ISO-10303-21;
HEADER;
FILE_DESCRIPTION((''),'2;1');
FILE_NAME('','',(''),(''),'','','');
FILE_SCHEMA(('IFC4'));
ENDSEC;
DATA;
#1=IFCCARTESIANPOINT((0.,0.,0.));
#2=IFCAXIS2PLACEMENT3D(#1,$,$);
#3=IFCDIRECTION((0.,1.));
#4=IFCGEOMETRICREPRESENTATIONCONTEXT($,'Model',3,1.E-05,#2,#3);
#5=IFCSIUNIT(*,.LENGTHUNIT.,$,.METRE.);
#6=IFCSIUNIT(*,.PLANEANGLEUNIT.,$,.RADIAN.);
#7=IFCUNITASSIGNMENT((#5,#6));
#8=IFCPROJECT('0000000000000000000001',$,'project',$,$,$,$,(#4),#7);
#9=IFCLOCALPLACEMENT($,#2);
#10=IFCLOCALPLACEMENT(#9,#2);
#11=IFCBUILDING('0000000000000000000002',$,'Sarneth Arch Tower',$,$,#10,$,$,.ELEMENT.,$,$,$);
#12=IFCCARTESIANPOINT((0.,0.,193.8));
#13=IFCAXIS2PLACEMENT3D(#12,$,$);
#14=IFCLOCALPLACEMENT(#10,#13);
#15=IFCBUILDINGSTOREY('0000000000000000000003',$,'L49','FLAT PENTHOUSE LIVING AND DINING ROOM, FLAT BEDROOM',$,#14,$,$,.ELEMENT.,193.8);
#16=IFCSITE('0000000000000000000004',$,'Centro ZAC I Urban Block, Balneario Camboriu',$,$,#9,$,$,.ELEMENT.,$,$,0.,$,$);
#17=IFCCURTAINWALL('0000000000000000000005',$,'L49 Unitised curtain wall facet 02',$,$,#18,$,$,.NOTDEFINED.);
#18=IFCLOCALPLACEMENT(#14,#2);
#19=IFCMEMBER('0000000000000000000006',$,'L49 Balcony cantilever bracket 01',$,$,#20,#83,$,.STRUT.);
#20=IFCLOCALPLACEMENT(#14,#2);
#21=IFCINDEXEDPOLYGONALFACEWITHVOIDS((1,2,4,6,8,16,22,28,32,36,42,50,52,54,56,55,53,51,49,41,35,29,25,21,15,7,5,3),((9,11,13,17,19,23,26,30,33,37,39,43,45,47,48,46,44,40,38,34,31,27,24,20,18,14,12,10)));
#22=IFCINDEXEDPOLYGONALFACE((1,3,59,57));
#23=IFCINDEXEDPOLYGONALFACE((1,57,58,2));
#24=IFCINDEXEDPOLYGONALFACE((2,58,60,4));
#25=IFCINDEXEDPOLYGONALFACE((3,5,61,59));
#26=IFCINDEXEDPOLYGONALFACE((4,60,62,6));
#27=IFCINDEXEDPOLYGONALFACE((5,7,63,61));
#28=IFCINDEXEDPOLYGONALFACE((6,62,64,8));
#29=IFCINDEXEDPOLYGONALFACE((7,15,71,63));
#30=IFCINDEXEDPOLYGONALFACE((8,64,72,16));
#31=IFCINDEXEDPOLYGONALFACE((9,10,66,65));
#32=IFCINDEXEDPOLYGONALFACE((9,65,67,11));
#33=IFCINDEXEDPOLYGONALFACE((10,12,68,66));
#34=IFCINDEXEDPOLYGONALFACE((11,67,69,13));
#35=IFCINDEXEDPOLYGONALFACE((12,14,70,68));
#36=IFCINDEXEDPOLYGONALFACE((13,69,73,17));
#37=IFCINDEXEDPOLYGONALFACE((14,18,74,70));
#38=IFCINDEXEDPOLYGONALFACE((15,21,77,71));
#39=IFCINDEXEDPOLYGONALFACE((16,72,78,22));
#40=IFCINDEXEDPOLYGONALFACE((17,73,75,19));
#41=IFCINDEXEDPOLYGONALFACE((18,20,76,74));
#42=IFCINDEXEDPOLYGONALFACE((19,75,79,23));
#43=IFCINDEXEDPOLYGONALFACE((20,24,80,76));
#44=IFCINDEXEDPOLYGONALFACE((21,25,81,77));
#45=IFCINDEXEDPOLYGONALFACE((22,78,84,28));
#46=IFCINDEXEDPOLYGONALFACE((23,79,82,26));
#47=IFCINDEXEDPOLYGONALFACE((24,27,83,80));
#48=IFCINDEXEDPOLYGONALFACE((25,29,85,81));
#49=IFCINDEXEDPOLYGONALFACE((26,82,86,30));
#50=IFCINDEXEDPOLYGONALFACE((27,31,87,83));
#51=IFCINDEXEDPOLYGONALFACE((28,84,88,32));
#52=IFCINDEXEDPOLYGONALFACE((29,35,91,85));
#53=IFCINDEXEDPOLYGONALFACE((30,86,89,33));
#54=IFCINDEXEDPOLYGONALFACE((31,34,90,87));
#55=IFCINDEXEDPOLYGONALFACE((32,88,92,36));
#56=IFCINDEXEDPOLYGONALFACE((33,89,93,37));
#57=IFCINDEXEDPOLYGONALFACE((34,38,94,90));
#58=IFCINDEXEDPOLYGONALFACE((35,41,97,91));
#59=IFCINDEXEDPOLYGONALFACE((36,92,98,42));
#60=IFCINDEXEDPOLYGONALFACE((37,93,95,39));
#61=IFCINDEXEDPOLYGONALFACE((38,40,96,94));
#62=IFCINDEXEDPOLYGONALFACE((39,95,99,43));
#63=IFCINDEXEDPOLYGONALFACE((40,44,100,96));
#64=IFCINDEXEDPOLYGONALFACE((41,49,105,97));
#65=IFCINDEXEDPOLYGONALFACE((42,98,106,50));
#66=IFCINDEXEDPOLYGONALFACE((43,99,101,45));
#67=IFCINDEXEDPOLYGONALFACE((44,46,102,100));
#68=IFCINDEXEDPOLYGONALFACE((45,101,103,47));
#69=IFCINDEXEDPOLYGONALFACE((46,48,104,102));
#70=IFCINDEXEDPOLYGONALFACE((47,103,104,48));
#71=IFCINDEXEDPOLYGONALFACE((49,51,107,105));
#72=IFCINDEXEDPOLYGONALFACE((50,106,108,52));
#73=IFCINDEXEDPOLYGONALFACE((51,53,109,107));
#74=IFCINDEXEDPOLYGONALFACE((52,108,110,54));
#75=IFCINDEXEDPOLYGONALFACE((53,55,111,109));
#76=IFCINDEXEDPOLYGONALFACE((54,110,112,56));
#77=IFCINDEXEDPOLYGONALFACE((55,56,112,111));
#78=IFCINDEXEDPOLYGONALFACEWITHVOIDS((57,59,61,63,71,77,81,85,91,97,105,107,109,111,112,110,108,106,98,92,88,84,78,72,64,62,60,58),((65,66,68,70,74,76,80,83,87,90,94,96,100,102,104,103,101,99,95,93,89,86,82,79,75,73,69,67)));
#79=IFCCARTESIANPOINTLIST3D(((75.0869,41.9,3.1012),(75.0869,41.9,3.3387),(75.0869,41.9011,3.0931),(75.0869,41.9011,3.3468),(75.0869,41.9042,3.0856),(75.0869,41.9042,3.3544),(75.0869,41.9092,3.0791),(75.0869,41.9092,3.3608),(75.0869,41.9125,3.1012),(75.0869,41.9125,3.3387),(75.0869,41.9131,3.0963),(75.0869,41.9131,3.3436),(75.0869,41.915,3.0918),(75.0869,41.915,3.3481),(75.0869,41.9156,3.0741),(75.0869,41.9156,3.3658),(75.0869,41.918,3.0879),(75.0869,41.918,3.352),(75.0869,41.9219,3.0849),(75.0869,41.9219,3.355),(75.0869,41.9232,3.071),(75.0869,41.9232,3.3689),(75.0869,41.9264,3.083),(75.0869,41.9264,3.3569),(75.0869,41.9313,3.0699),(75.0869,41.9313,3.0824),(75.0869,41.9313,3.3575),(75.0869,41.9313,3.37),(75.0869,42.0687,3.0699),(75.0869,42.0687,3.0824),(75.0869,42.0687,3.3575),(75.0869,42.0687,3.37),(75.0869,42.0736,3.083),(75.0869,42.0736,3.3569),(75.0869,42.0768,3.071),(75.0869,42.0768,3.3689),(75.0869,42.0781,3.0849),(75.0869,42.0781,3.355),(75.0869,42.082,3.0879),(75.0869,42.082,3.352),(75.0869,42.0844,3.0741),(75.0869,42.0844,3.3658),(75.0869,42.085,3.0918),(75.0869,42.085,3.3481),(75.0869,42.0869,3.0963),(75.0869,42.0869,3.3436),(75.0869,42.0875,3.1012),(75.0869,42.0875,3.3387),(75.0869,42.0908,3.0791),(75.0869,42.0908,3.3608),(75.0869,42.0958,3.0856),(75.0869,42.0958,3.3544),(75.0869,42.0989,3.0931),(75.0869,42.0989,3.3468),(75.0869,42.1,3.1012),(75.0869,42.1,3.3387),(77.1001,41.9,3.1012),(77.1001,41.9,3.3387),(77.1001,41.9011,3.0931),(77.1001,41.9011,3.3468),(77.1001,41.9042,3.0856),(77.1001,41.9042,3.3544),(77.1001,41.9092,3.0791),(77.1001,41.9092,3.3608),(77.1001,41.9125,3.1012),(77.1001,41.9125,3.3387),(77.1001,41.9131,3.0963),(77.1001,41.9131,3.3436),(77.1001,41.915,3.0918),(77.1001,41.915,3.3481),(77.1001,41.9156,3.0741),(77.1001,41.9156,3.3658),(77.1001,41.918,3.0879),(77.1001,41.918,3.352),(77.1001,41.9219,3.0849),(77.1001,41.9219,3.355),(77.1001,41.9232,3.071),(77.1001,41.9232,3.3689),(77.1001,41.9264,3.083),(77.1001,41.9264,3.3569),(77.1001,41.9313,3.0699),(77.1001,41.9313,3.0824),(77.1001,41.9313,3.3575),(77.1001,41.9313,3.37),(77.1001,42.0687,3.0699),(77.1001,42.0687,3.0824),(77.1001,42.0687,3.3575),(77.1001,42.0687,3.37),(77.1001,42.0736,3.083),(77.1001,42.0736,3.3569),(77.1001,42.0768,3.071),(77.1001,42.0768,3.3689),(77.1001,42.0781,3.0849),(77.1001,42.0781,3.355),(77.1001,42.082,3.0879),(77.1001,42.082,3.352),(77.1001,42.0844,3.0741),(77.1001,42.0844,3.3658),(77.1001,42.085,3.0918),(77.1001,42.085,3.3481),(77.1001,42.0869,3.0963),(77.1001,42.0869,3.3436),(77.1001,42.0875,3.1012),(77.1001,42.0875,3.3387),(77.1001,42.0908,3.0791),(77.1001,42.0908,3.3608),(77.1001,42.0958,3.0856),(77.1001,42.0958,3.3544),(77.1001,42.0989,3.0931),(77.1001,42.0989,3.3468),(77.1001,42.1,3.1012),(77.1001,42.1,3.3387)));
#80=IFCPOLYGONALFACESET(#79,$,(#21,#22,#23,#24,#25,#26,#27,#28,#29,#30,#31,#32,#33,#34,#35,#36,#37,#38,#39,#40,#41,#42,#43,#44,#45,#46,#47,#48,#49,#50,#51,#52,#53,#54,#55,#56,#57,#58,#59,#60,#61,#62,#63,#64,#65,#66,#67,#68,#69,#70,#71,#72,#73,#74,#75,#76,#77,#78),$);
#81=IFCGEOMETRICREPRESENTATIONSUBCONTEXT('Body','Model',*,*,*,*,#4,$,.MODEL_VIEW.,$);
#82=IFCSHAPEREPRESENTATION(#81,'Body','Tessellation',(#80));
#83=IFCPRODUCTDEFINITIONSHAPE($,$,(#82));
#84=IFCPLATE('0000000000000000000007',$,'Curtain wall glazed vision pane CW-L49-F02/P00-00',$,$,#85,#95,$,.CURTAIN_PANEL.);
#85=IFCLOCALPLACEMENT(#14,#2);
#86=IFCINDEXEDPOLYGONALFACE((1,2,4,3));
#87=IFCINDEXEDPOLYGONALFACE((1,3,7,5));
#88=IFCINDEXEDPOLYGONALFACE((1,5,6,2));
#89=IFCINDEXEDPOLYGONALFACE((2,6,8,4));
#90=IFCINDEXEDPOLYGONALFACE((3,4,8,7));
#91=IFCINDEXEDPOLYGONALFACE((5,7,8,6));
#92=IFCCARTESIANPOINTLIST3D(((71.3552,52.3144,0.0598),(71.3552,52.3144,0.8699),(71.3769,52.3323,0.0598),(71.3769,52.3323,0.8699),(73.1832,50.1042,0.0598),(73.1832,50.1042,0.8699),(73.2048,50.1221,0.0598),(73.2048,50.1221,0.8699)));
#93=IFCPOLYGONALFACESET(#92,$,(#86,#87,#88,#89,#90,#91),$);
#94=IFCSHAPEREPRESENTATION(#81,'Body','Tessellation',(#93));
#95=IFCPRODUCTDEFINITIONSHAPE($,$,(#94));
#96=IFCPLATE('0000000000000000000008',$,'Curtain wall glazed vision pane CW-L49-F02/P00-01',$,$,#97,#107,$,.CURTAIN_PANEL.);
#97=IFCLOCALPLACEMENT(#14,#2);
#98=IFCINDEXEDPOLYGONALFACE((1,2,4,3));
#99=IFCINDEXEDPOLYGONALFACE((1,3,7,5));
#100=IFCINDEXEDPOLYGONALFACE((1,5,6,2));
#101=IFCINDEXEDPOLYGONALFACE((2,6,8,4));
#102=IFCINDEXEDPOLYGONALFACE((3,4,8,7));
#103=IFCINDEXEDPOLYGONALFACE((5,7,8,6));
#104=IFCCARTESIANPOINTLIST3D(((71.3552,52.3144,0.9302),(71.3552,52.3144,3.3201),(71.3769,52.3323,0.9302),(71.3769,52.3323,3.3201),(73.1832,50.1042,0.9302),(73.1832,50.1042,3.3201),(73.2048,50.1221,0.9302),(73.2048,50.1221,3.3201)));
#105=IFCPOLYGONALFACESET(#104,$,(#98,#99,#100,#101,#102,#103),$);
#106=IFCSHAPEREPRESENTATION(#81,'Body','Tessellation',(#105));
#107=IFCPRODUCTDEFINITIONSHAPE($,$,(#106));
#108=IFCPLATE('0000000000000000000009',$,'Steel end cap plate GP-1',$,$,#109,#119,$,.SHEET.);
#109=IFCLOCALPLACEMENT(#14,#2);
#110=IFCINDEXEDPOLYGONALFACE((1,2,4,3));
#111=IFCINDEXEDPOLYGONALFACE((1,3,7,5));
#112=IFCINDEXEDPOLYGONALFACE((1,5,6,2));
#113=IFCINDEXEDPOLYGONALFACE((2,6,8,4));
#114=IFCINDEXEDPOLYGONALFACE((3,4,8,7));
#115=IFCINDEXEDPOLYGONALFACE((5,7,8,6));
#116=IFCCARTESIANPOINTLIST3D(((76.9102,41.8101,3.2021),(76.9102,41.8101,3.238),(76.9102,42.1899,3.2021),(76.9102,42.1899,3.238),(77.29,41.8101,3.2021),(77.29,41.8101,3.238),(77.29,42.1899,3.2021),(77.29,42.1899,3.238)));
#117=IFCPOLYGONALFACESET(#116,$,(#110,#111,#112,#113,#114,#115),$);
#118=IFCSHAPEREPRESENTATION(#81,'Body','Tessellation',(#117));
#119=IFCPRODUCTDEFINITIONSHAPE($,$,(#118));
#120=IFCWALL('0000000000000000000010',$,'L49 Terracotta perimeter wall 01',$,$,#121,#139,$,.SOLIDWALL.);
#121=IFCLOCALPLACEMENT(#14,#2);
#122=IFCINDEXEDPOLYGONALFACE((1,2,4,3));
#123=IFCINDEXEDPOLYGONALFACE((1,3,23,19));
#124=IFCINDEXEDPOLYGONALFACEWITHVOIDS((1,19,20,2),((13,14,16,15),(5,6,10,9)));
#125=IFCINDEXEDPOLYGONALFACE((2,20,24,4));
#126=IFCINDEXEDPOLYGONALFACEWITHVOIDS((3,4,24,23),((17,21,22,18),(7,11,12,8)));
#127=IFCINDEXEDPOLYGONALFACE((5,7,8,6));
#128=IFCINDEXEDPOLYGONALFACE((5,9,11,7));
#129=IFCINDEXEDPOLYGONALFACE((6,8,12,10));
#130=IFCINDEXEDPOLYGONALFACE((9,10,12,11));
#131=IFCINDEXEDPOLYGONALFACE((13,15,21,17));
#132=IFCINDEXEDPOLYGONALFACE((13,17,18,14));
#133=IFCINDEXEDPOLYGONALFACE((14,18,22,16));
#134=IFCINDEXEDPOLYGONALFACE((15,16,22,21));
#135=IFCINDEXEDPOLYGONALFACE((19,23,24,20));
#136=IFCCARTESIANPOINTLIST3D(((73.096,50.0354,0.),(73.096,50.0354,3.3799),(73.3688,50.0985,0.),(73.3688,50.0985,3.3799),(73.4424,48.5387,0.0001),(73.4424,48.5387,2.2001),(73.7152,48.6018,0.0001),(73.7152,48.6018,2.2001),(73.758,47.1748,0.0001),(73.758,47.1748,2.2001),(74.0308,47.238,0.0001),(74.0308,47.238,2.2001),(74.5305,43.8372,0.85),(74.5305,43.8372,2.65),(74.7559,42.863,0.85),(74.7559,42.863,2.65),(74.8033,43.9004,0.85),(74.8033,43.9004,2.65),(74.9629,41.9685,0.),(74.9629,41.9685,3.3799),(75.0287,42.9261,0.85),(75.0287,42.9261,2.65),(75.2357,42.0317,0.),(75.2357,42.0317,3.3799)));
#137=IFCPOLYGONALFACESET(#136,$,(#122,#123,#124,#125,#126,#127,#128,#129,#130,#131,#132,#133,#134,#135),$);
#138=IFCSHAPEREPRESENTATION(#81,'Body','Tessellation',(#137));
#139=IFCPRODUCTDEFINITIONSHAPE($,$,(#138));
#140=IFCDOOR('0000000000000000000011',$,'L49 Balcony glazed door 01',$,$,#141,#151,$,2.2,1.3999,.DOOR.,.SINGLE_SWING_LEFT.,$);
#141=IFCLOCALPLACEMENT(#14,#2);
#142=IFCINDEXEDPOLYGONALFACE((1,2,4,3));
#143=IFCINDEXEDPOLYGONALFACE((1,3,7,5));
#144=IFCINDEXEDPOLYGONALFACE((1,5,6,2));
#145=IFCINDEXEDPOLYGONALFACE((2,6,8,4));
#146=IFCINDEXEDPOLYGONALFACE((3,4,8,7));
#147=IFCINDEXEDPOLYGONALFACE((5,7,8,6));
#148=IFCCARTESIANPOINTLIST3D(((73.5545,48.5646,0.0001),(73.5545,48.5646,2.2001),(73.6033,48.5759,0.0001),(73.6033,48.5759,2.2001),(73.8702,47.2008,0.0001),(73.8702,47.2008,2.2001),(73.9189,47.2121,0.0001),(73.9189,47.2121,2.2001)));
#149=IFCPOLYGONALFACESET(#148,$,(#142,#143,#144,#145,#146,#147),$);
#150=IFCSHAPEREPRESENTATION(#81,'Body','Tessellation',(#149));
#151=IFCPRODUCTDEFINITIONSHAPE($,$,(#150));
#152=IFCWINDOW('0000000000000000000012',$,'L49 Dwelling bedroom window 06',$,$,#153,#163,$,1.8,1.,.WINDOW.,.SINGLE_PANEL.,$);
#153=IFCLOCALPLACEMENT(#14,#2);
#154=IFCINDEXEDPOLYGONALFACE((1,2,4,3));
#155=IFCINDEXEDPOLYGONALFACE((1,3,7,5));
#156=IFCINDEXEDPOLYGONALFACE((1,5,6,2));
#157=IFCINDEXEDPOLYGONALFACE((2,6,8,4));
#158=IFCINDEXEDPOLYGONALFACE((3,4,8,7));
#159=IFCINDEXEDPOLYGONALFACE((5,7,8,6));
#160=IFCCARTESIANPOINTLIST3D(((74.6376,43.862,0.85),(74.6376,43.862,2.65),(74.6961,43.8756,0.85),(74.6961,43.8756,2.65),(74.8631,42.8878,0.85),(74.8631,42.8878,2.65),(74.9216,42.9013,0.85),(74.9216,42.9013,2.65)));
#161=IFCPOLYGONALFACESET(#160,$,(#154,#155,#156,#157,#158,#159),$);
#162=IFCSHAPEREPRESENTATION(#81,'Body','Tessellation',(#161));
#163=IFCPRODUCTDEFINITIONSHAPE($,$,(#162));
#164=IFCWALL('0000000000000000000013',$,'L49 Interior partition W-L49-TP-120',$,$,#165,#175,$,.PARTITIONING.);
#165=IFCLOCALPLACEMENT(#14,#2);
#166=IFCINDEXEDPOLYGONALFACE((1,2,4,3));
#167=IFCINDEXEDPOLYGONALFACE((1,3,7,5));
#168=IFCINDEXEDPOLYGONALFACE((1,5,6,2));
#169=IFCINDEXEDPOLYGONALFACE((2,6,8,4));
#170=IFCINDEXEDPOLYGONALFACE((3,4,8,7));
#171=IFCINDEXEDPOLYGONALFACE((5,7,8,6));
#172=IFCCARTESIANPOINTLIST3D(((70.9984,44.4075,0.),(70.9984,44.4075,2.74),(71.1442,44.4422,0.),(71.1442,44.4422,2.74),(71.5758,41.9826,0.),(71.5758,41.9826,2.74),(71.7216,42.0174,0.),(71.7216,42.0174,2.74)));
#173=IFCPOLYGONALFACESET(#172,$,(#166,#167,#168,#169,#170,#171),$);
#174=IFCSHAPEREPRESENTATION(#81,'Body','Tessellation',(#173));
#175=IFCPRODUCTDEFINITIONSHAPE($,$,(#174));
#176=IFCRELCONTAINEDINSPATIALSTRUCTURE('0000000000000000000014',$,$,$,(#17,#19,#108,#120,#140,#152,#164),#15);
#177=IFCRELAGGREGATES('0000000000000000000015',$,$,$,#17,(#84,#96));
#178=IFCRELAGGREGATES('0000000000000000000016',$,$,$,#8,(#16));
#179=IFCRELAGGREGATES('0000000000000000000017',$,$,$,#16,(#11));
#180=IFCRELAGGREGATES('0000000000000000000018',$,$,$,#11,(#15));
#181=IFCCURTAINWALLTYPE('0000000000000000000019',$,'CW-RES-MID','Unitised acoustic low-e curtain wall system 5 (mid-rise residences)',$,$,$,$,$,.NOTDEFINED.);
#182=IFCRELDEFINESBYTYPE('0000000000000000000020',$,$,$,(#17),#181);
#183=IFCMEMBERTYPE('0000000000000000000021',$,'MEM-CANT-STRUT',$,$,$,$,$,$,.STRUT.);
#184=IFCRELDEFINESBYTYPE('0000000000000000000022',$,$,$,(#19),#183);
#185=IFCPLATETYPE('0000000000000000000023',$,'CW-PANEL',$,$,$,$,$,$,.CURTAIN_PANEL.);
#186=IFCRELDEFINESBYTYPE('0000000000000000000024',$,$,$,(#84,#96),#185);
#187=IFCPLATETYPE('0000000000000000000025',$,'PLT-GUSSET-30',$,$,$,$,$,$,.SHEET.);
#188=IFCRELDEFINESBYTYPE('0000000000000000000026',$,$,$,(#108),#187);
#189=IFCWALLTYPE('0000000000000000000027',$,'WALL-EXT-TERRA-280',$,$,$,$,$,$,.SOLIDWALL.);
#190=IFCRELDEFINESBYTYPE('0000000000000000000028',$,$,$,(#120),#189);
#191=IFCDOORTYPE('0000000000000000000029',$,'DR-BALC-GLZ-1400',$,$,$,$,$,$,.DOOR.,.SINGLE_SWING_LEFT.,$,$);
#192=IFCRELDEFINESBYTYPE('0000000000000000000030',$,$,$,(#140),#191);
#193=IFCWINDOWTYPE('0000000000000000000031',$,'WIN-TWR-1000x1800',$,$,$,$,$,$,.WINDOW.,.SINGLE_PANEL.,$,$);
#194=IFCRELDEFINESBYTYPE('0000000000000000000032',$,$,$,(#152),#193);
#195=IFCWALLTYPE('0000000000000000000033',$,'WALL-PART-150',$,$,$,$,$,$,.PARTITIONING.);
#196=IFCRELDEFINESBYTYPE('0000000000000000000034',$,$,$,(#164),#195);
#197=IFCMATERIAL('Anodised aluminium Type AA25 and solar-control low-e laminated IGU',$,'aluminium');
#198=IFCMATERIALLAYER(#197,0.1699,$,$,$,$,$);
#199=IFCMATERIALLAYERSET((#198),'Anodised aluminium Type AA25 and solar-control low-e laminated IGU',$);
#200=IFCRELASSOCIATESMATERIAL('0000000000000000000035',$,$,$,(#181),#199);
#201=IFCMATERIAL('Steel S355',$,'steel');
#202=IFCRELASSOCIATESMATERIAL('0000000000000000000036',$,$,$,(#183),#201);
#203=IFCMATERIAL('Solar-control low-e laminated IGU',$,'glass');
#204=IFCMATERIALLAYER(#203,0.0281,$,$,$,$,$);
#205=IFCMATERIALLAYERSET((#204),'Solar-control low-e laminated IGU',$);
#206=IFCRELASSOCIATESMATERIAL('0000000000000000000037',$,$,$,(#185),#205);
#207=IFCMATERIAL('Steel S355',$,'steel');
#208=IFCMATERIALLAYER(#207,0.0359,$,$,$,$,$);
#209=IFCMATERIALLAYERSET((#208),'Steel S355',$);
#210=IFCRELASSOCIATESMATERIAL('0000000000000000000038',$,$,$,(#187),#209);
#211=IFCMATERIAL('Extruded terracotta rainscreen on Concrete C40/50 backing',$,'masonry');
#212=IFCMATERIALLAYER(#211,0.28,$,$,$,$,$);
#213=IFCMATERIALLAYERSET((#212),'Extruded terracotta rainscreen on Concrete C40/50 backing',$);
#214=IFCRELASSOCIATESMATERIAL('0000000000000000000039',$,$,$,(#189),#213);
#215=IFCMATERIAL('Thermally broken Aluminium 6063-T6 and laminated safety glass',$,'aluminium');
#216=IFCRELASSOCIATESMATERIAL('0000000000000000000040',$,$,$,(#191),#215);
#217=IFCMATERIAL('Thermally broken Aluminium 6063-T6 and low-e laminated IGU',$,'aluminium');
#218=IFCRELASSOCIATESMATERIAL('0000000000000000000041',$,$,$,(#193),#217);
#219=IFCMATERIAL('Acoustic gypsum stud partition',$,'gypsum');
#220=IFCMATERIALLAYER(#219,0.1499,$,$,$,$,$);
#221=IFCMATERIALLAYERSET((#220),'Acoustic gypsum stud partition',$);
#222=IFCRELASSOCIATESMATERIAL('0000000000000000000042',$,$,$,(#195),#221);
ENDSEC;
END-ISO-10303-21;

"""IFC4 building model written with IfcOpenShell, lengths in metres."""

from ifc_helpers import new_model, si_unit, direction, frame, frame_2d, origin, origin_2d, place, context, subcontext, project, spatial, rectangle, hollow_rectangle, extrude, material, layer, layer_set, material_profile, profile_set, type_object, element, fill, aggregate, save


model = new_model("IFC4")

# Units and contexts
model_context = context("Model", 3, precision=1e-05, world=origin(), true_north=direction((0.0, 1.0)))
body_context = subcontext(model_context, "Body", "Model", "MODEL_VIEW")
ifc_project = project(units=[si_unit("LENGTHUNIT", "METRE"), si_unit("PLANEANGLEUNIT", "RADIAN")], contexts=[model_context])

# Site, building, storey
site_placement = place(None, origin())
site = spatial("IfcSite", under=ifc_project, at=site_placement, Name="Centro ZAC I Urban Block, Balneario Camboriu", CompositionType="ELEMENT", RefElevation=0.0)
building_placement = place(site_placement, origin())
building = spatial("IfcBuilding", under=site, at=building_placement, Name="Sarneth Arch Tower", CompositionType="ELEMENT")
storey_placement = place(building_placement, frame((0.0, 0.0, 193.8)))
storey = spatial("IfcBuildingStorey", under=building, at=storey_placement, Name="L49", Description="FLAT PENTHOUSE LIVING AND DINING ROOM, FLAT BEDROOM", CompositionType="ELEMENT", Elevation=193.8)

# Curtain wall
ifc_material_1 = material(Name="Anodised aluminium Type AA25 and solar-control low-e laminated IGU", Category="aluminium")
ifc_layer_1 = layer(ifc_material_1, 0.1699)
ifc_layer_set_1 = layer_set([ifc_layer_1], Name="Anodised aluminium Type AA25 and solar-control low-e laminated IGU")
curtain_wall_type = type_object("IfcCurtainWallType", Name="CW-RES-MID", Description="Unitised acoustic low-e curtain wall system 5 (mid-rise residences)", PredefinedType="NOTDEFINED", material=ifc_layer_set_1)
curtain_wall_placement = place(storey_placement, origin())
curtain_wall = element("IfcCurtainWall", 1, at=curtain_wall_placement, inside=storey, type_object=curtain_wall_type, Name="L49 Unitised curtain wall facet 02", PredefinedType="NOTDEFINED")

# Member
ifc_material_2 = material(Name="Steel S355", Category="steel")
ifc_material_profile_1 = material_profile(ifc_material_2, hollow_rectangle(XDim=0.2, YDim=0.3, WallThickness=0.0125, InnerFilletRadius=0.0188, OuterFilletRadius=0.0312, at=origin_2d()), Name="RHS300x200x12.5")
ifc_profile_set_1 = profile_set([ifc_material_profile_1], Name="Steel S355")
member_type_1 = type_object("IfcMemberType", Name="MEM-CANT-STRUT", PredefinedType="STRUT", material=ifc_profile_set_1)
member_1_placement = place(storey_placement, frame((75.0869, 42.0, 3.22), z_axis=(1.0, 0.0, 0.0), x_axis=(0.0, 1.0, 0.0)))
element("IfcMember", 2, at=member_1_placement, inside=storey, type_object=member_type_1, Name="L49 Balcony cantilever bracket 01", PredefinedType="STRUT", context=body_context, shape_type="SweptSolid", body=[
    extrude(hollow_rectangle(XDim=0.2, YDim=0.3, WallThickness=0.0125, InnerFilletRadius=0.0188, OuterFilletRadius=0.0312, at=origin_2d()), origin(), (0.0, 0.0, 1.0), 2.0132),
])

# Plates
ifc_material_3 = material(Name="Solar-control low-e laminated IGU", Category="glass")
ifc_layer_2 = layer(ifc_material_3, 0.0281)
ifc_layer_set_2 = layer_set([ifc_layer_2], Name="Solar-control low-e laminated IGU")
plate_type_1 = type_object("IfcPlateType", Name="CW-PANEL", PredefinedType="CURTAIN_PANEL", material=ifc_layer_set_2)
plate_1_placement = place(storey_placement, frame((72.28, 51.2183, 0.0598), z_axis=(0.0, 0.0, 1.0), x_axis=(-0.63733, 0.770591, 0.0)))
plate_1 = element("IfcPlate", 3, at=plate_1_placement, type_object=plate_type_1, Name="Curtain wall glazed vision pane CW-L49-F02/P00-00", PredefinedType="CURTAIN_PANEL", context=body_context, shape_type="SweptSolid", body=[
    extrude(rectangle(XDim=2.8682, YDim=0.0281, at=origin_2d()), origin(), (0.0, 0.0, 1.0), 0.8101),
])
plate_2_placement = place(storey_placement, frame((72.28, 51.2183, 0.9302), z_axis=(0.0, 0.0, 1.0), x_axis=(-0.63733, 0.770591, 0.0)))
plate_2 = element("IfcPlate", 4, at=plate_2_placement, type_object=plate_type_1, Name="Curtain wall glazed vision pane CW-L49-F02/P00-01", PredefinedType="CURTAIN_PANEL", context=body_context, shape_type="SweptSolid", body=[
    extrude(rectangle(XDim=2.8682, YDim=0.0281, at=origin_2d()), origin(), (0.0, 0.0, 1.0), 2.3899),
])
aggregate(curtain_wall, [plate_1, plate_2])
ifc_material_4 = material(Name="Steel S355", Category="steel")
ifc_layer_3 = layer(ifc_material_4, 0.0359)
ifc_layer_set_3 = layer_set([ifc_layer_3], Name="Steel S355")
plate_type_2 = type_object("IfcPlateType", Name="PLT-GUSSET-30", PredefinedType="SHEET", material=ifc_layer_set_3)
plate_3_placement = place(storey_placement, frame((77.1001, 42.0, 3.2021), z_axis=(0.0, 0.0, 1.0), x_axis=(1.0, 0.0, 0.0)))
element("IfcPlate", 5, at=plate_3_placement, inside=storey, type_object=plate_type_2, Name="Steel end cap plate GP-1", PredefinedType="SHEET", context=body_context, shape_type="SweptSolid", body=[
    extrude(rectangle(XDim=0.3799, YDim=0.3799, at=origin_2d()), origin(), (0.0, 0.0, 1.0), 0.0359),
])

# Wall, openings, door, window
ifc_material_5 = material(Name="Extruded terracotta rainscreen on Concrete C40/50 backing", Category="masonry")
ifc_layer_4 = layer(ifc_material_5, 0.28)
ifc_layer_set_4 = layer_set([ifc_layer_4], Name="Extruded terracotta rainscreen on Concrete C40/50 backing")
wall_type_1 = type_object("IfcWallType", Name="WALL-EXT-TERRA-280", PredefinedType="SOLIDWALL", material=ifc_layer_set_4)
wall_1_placement = place(storey_placement, frame((75.0994, 42.0, 0.0), z_axis=(0.0, 0.0, 1.0), x_axis=(-0.225473, 0.974249, 0.0)))
wall_1 = element("IfcWall", 6, at=wall_1_placement, inside=storey, type_object=wall_type_1, Name="L49 Terracotta perimeter wall 01", PredefinedType="SOLIDWALL", context=body_context, shape_type="SweptSolid", body=[
    extrude(rectangle(XDim=8.28, YDim=0.28, at=frame_2d((4.1401, 0.0))), origin(), (0.0, 0.0, 1.0), 3.3799),
])
opening_1_placement = place(wall_1_placement, frame((5.344, 0.0, 0.0)))
opening_1 = element("IfcOpeningElement", 7, at=opening_1_placement, cuts=wall_1, PredefinedType="OPENING", context=body_context, shape_type="SweptSolid", body=[
    extrude(rectangle(XDim=1.3999, YDim=2.2, at=frame_2d((0.7, 1.1001))), frame((0.0, 0.1499, 0.0), z_axis=(0.0, -1.0, 0.0), x_axis=(1.0, 0.0, 0.0)), (0.0, 0.0, 1.0), 0.3),
])
opening_2_placement = place(wall_1_placement, frame((0.9182, 0.0, 0.8501)))
opening_2 = element("IfcOpeningElement", 8, at=opening_2_placement, cuts=wall_1, PredefinedType="OPENING", context=body_context, shape_type="SweptSolid", body=[
    extrude(rectangle(XDim=1.0, YDim=1.8, at=frame_2d((0.5, 0.8999))), frame((0.0, 0.1499, 0.0), z_axis=(0.0, -1.0, 0.0), x_axis=(1.0, 0.0, 0.0)), (0.0, 0.0, 1.0), 0.3),
])
ifc_material_6 = material(Name="Thermally broken Aluminium 6063-T6 and laminated safety glass", Category="aluminium")
door_type_1 = type_object("IfcDoorType", Name="DR-BALC-GLZ-1400", OperationType="SINGLE_SWING_LEFT", PredefinedType="DOOR", material=ifc_material_6)
door_1_placement = place(opening_1_placement, origin())
door_1 = element("IfcDoor", 9, at=door_1_placement, inside=storey, type_object=door_type_1, Name="L49 Balcony glazed door 01", OperationType="SINGLE_SWING_LEFT", OverallHeight=2.2, OverallWidth=1.3999, PredefinedType="DOOR", context=body_context, shape_type="SweptSolid", body=[
    extrude(rectangle(XDim=1.3999, YDim=2.2, at=frame_2d((0.7, 1.1001))), frame((0.0, 0.0249, 0.0), z_axis=(0.0, -1.0, 0.0), x_axis=(1.0, 0.0, 0.0)), (0.0, 0.0, 1.0), 0.05),
])
fill(opening_1, door_1)
ifc_material_7 = material(Name="Thermally broken Aluminium 6063-T6 and low-e laminated IGU", Category="aluminium")
window_type = type_object("IfcWindowType", Name="WIN-TWR-1000x1800", PartitioningType="SINGLE_PANEL", PredefinedType="WINDOW", material=ifc_material_7)
window_placement = place(opening_2_placement, origin())
window = element("IfcWindow", 10, at=window_placement, inside=storey, type_object=window_type, Name="L49 Dwelling bedroom window 06", OverallHeight=1.8, OverallWidth=1.0, PartitioningType="SINGLE_PANEL", PredefinedType="WINDOW", context=body_context, shape_type="SweptSolid", body=[
    extrude(rectangle(XDim=1.0, YDim=1.8, at=frame_2d((0.5, 0.8999))), frame((0.0, 0.03, 0.0), z_axis=(0.0, -1.0, 0.0), x_axis=(1.0, 0.0, 0.0)), (0.0, 0.0, 1.0), 0.0601),
])
fill(opening_2, window)

# Wall
ifc_material_8 = material(Name="Acoustic gypsum stud partition", Category="gypsum")
ifc_layer_5 = layer(ifc_material_8, 0.1499)
ifc_layer_set_5 = layer_set([ifc_layer_5], Name="Acoustic gypsum stud partition")
wall_type_2 = type_object("IfcWallType", Name="WALL-PART-150", PredefinedType="PARTITIONING", material=ifc_layer_set_5)
wall_2_placement = place(storey_placement, frame((71.6487, 42.0, 0.0), z_axis=(0.0, 0.0, 1.0), x_axis=(-0.231643, 0.972801, 0.0)))
element("IfcWall", 11, at=wall_2_placement, inside=storey, type_object=wall_type_2, Name="L49 Interior partition W-L49-TP-120", PredefinedType="PARTITIONING", context=body_context, shape_type="SweptSolid", body=[
    extrude(rectangle(XDim=2.4927, YDim=0.1499, at=frame_2d((1.2463, 0.0))), origin(), (0.0, 0.0, 1.0), 2.74),
])

save(model, "model.ifc")
